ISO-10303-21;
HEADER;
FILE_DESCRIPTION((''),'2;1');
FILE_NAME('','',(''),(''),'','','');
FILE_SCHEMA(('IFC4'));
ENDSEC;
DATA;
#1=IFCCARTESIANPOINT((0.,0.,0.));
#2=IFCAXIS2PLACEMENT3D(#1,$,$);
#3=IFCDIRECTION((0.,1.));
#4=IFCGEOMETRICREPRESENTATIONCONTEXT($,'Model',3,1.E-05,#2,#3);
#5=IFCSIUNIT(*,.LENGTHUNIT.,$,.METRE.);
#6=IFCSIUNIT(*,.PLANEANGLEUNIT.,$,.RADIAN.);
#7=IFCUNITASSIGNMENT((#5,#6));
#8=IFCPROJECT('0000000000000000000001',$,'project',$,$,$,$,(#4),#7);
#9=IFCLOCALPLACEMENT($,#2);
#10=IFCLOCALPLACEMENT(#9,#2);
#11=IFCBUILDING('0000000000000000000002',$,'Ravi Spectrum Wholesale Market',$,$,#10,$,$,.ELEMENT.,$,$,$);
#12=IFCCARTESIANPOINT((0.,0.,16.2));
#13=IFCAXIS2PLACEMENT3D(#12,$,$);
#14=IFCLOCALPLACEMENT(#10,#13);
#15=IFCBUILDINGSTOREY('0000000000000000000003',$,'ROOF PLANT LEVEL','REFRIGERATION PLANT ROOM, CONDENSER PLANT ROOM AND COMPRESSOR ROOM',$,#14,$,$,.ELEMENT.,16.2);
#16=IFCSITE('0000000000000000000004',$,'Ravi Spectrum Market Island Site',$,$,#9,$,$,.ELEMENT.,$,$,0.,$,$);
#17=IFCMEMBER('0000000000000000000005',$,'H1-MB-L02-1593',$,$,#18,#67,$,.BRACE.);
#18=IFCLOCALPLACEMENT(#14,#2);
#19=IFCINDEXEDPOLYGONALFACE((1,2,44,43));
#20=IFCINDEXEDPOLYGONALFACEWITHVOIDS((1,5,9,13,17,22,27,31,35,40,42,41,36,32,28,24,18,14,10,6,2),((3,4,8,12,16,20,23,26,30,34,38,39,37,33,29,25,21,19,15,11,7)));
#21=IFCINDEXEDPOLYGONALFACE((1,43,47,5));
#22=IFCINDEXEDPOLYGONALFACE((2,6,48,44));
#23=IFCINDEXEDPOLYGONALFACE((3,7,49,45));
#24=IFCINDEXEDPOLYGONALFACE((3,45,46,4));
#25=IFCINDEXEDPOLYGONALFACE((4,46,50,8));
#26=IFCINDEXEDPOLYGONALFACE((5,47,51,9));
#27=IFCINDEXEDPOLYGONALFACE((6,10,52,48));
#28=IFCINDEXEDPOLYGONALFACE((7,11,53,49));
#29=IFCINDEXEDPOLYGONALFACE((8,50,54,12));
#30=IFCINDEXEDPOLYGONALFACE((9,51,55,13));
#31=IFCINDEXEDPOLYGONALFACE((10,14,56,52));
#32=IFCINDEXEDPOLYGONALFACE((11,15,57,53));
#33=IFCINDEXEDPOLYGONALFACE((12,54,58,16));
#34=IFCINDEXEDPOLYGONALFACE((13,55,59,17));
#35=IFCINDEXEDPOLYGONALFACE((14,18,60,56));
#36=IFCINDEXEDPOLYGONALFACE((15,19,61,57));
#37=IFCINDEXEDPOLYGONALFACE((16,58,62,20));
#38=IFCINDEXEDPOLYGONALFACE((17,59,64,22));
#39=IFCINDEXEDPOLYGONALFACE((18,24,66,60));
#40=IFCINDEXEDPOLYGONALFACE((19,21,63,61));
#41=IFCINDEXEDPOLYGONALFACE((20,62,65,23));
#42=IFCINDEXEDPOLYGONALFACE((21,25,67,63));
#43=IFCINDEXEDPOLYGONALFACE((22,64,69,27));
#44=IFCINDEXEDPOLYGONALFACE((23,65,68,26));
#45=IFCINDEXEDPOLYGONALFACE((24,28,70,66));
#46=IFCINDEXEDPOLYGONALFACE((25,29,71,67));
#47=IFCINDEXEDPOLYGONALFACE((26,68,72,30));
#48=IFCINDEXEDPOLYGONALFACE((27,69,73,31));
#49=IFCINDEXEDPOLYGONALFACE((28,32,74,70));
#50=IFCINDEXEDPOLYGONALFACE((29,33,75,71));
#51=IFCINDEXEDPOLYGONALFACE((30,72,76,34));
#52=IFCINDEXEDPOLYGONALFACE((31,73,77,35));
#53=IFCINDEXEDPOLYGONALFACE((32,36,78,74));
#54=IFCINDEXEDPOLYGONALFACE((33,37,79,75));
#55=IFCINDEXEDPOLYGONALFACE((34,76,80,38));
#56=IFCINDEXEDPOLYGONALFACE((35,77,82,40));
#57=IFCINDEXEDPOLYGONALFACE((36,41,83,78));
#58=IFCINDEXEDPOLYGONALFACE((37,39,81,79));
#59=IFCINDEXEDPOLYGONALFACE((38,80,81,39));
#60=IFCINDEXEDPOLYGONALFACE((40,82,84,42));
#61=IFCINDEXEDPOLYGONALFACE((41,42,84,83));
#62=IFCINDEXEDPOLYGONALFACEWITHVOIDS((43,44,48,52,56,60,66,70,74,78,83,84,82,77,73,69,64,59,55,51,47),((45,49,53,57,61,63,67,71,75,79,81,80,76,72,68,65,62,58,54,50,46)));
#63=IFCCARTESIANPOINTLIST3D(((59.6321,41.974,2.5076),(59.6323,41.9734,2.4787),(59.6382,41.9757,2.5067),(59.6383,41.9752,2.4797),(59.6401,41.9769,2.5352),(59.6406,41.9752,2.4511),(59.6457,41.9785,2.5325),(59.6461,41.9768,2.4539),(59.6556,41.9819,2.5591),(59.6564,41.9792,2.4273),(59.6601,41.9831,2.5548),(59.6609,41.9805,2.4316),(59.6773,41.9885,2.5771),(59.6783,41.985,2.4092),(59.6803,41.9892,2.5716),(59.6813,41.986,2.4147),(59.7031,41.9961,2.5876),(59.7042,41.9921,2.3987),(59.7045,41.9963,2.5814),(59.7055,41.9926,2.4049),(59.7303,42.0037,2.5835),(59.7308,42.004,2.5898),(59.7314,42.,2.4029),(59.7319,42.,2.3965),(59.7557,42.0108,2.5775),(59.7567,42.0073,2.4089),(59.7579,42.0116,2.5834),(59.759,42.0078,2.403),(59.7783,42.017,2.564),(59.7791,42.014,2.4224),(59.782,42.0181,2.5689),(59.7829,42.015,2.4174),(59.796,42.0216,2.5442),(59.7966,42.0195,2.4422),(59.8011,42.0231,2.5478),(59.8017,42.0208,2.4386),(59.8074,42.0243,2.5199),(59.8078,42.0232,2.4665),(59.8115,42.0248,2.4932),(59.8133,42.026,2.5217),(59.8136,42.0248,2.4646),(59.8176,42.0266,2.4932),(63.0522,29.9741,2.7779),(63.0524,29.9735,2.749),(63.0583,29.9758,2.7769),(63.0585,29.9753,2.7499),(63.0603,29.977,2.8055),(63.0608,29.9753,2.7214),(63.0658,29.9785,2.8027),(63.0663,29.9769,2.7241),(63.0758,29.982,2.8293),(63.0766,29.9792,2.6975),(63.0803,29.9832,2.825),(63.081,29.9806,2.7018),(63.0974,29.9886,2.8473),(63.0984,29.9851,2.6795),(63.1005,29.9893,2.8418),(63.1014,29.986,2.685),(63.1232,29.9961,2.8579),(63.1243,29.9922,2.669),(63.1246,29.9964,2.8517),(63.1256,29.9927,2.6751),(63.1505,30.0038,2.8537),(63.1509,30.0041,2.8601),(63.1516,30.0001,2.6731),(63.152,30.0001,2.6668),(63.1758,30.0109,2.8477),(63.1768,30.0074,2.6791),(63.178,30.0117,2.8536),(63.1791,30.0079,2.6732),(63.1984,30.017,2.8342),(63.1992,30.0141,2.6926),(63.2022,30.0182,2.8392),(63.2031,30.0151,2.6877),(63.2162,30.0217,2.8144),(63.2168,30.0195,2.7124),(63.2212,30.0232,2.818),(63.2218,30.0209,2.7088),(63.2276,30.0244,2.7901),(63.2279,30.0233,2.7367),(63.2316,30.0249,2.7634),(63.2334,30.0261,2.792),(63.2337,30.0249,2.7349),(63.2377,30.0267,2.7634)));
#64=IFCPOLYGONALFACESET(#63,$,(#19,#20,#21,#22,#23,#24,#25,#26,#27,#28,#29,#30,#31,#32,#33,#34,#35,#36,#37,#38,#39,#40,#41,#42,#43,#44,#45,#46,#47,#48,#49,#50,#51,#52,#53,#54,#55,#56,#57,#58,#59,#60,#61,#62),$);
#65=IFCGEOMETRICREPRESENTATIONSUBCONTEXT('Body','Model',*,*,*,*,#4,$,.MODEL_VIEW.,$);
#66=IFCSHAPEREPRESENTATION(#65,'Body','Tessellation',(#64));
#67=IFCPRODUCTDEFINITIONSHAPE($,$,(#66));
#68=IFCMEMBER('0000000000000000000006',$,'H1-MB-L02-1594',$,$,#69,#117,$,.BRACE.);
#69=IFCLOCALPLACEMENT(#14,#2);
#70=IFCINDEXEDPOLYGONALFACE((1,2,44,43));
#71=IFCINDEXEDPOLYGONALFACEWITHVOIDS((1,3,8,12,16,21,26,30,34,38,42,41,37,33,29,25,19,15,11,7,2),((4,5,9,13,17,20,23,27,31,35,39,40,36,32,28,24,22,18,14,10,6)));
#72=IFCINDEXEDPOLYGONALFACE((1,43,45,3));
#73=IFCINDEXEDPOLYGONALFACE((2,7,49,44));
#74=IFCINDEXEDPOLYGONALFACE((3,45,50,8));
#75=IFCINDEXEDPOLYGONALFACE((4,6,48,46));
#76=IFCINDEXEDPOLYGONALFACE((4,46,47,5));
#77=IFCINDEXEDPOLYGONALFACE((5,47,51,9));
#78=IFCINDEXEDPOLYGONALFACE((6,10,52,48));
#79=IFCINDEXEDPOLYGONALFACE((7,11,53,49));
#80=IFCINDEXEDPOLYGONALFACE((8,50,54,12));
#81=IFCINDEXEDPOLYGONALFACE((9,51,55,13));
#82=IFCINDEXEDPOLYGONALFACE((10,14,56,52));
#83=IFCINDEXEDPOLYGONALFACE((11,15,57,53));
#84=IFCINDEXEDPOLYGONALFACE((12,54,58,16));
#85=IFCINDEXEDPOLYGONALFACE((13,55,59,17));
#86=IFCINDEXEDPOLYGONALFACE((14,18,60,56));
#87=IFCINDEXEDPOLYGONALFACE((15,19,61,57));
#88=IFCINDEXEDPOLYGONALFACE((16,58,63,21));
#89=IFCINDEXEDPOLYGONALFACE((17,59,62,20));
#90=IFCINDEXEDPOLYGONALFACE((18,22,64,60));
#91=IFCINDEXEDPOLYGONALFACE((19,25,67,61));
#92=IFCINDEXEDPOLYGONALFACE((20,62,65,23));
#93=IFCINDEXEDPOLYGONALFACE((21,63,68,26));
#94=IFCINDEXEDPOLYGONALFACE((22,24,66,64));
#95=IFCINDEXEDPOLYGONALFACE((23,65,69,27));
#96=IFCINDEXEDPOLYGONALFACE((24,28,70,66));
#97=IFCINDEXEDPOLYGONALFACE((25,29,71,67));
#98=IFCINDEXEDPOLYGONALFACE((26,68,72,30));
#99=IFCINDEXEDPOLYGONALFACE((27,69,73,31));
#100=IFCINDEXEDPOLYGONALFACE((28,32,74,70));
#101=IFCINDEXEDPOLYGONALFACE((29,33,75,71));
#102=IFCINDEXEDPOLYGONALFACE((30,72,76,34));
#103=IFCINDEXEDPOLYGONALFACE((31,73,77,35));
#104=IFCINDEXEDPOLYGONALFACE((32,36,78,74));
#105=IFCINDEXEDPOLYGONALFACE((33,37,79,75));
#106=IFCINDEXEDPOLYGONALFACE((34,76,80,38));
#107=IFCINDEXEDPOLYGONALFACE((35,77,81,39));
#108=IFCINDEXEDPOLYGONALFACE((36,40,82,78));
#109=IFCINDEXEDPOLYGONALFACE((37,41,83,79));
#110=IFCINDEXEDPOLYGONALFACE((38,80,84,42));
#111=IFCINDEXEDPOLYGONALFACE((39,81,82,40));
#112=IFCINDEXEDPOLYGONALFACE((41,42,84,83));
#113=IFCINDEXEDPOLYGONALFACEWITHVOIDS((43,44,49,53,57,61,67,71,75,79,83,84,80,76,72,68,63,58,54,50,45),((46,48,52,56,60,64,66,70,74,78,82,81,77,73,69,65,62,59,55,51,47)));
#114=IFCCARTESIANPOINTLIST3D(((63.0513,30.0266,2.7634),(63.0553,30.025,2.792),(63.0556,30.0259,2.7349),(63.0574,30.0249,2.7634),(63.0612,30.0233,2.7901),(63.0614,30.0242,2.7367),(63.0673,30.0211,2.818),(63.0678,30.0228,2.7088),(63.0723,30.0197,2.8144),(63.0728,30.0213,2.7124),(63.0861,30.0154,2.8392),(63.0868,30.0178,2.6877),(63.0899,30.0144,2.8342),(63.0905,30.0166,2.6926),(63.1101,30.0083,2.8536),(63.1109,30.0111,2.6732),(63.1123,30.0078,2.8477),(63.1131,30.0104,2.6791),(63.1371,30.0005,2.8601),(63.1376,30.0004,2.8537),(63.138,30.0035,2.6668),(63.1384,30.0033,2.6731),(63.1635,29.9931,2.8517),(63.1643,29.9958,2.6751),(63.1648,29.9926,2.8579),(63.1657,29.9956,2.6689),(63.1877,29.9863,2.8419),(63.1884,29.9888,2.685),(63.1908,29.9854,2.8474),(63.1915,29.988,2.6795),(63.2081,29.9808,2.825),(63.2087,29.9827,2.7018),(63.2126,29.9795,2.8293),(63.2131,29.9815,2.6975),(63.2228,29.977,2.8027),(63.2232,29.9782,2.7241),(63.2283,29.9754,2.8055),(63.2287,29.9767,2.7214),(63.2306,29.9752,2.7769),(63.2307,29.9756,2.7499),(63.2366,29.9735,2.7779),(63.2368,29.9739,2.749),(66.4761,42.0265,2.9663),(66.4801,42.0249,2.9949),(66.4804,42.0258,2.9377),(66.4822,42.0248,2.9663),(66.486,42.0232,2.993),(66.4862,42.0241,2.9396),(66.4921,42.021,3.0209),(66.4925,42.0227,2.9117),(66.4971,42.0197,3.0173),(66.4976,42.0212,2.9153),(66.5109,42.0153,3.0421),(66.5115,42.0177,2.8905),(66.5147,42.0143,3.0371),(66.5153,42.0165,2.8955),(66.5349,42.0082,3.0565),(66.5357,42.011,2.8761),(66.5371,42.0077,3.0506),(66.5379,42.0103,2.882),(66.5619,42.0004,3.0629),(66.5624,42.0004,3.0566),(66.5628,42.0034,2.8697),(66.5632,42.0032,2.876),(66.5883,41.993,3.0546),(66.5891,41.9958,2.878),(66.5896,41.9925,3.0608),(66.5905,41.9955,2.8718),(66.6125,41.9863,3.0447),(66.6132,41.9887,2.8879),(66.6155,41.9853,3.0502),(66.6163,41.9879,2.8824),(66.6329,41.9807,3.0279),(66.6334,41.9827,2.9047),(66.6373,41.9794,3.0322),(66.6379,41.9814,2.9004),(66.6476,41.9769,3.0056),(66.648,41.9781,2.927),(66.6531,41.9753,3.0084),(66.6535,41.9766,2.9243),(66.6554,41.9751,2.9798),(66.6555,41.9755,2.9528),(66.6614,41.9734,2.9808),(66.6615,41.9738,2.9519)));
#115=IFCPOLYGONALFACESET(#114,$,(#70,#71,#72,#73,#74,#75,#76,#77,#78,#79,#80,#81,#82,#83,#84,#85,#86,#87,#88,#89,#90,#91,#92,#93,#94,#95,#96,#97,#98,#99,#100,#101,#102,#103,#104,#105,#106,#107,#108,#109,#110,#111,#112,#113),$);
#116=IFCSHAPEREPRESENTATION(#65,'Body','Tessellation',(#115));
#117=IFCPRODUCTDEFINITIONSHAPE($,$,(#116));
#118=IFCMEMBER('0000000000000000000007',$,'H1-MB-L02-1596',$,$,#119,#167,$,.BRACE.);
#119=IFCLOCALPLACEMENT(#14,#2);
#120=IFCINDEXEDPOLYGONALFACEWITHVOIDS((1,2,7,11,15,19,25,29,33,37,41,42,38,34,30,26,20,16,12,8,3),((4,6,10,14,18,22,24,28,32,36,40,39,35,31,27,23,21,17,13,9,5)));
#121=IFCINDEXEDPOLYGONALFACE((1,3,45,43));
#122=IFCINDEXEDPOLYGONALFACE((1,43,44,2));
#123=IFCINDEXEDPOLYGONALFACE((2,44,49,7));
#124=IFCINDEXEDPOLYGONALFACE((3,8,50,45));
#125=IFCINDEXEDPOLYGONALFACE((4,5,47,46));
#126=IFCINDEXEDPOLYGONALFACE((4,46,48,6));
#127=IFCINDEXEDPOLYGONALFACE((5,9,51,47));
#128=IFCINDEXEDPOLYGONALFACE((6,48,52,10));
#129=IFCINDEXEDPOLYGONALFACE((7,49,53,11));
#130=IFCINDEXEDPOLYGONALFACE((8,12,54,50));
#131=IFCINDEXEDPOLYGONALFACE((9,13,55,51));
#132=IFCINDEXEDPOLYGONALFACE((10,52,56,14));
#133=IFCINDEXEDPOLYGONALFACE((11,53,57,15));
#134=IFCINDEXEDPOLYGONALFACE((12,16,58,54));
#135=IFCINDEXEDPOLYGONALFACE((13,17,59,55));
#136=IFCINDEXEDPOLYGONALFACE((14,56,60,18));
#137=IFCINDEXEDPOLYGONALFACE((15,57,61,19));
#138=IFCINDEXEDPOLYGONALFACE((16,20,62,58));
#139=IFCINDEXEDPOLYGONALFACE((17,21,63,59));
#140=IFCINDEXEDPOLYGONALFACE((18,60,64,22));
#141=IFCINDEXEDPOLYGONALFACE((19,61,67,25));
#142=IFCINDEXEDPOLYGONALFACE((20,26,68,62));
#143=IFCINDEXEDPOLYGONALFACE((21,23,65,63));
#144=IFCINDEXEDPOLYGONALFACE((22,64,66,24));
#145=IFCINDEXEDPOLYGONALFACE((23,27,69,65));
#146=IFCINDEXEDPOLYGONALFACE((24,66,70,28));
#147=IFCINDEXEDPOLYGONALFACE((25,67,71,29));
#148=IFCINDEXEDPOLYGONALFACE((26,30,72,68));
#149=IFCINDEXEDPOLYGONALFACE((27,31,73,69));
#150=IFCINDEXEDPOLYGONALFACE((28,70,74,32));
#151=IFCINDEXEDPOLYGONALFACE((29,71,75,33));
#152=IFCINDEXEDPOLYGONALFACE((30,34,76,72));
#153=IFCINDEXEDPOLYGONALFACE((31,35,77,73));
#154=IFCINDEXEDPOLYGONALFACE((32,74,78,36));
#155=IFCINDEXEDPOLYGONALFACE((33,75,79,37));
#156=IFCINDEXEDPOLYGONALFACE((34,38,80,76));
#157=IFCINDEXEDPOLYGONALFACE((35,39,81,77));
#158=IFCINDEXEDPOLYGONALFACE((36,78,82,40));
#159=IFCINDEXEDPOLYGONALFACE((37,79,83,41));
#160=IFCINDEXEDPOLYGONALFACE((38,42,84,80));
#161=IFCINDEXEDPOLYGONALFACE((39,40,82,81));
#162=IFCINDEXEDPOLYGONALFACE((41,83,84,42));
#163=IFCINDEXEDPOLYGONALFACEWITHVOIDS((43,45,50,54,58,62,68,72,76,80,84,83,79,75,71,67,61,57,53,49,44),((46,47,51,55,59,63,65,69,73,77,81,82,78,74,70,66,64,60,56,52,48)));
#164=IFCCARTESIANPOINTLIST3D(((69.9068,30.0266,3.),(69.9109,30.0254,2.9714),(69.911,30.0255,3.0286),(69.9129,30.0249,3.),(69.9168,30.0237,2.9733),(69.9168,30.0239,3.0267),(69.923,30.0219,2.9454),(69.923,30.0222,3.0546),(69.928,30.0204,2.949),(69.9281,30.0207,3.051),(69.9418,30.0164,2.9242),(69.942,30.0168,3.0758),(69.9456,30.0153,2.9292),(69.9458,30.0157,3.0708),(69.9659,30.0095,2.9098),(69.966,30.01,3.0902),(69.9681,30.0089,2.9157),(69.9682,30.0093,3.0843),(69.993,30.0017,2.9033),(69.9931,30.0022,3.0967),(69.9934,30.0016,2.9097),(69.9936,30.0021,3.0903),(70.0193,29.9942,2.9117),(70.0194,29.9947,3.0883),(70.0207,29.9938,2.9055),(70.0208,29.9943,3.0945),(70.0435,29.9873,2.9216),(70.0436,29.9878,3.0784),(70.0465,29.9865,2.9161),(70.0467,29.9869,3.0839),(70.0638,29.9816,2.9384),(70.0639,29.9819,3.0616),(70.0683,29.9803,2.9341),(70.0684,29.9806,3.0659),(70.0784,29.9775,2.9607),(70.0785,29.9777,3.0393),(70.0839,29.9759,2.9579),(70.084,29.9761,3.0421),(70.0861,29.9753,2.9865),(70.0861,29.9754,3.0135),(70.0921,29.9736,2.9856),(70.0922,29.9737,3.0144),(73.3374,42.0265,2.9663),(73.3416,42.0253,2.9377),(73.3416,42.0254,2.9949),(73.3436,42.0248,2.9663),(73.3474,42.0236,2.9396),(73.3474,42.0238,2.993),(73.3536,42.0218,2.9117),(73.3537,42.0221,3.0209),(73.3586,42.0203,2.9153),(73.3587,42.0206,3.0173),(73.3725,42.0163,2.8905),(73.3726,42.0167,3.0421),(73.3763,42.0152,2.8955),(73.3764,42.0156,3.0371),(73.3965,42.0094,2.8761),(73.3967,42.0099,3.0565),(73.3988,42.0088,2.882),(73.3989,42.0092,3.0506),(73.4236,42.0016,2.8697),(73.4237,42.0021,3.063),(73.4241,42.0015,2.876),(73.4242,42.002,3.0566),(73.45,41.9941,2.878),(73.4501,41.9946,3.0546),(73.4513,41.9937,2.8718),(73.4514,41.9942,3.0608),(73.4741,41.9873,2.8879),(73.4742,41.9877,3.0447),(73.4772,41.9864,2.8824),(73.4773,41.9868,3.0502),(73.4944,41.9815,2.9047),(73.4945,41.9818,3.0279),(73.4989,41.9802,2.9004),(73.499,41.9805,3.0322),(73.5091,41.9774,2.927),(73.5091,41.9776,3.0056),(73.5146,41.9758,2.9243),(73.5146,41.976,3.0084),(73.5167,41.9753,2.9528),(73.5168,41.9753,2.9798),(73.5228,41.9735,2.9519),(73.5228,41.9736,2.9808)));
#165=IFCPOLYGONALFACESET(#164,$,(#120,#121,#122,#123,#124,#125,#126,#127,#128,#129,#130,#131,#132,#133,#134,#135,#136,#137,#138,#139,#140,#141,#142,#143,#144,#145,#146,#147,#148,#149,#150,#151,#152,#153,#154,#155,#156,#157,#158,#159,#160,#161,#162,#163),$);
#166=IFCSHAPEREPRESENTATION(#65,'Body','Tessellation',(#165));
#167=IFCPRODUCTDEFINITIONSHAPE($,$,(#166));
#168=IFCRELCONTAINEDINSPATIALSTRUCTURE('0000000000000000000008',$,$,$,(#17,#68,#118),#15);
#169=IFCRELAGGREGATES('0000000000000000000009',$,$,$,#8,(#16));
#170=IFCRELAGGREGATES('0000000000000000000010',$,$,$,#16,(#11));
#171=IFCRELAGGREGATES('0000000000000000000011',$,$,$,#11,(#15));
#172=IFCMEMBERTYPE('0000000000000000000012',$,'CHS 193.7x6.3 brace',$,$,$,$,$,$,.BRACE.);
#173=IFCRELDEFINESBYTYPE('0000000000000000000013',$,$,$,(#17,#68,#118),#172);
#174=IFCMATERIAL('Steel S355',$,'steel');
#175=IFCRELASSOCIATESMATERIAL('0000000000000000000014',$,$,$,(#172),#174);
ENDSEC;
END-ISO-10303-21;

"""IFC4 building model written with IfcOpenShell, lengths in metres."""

from ifc_helpers import new_model, si_unit, direction, frame, origin, origin_2d, place, context, subcontext, project, spatial, hollow_circle, extrude, material, material_profile, profile_set, type_object, element, save


model = new_model("IFC4")

# Units and contexts
model_context = context("Model", 3, precision=1e-05, world=origin(), true_north=direction((0.0, 1.0)))
body_context = subcontext(model_context, "Body", "Model", "MODEL_VIEW")
ifc_project = project(units=[si_unit("LENGTHUNIT", "METRE"), si_unit("PLANEANGLEUNIT", "RADIAN")], contexts=[model_context])

# Site, building, storey
site_placement = place(None, origin())
site = spatial("IfcSite", under=ifc_project, at=site_placement, Name="Ravi Spectrum Market Island Site", CompositionType="ELEMENT", RefElevation=0.0)
building_placement = place(site_placement, origin())
building = spatial("IfcBuilding", under=site, at=building_placement, Name="Ravi Spectrum Wholesale Market", CompositionType="ELEMENT")
storey_placement = place(building_placement, frame((0.0, 0.0, 16.2)))
storey = spatial("IfcBuildingStorey", under=building, at=storey_placement, Name="ROOF PLANT LEVEL", Description="REFRIGERATION PLANT ROOM, CONDENSER PLANT ROOM AND COMPRESSOR ROOM", CompositionType="ELEMENT", Elevation=16.2)

# Members
ifc_material_1 = material(Name="Steel S355", Category="steel")
ifc_material_profile_1 = material_profile(ifc_material_1, hollow_circle(Radius=0.0969, WallThickness=0.0063, at=origin_2d()))
ifc_profile_set_1 = profile_set([ifc_material_profile_1], Name="Steel S355")
member_type_1 = type_object("IfcMemberType", Name="CHS 193.7x6.3 brace", PredefinedType="BRACE", material=ifc_profile_set_1)
for number, where, z_axis, x_axis, name in (
    (1, (59.7244, 42.0, 2.4932), (0.274034, -0.961476, 0.021654), (0.961702, 0.274098, 0.0), "H1-MB-L02-1593"),
    (2, (63.1445, 30.0, 2.7634), (0.274406, 0.961477, 0.016255), (-0.961604, 0.274442, 0.0), "H1-MB-L02-1594"),
    (3, (70.0, 30.0, 3.0), (0.274875, 0.961476, -0.002699), (-0.96148, 0.274876, 0.0), "H1-MB-L02-1596"),
):
    element("IfcMember", number, at=place(storey_placement, frame(where, z_axis=z_axis, x_axis=x_axis)), inside=storey, type_object=member_type_1, Name=name, PredefinedType="BRACE", context=body_context, shape_type="SweptSolid", body=[
        extrude(hollow_circle(Radius=0.0969, WallThickness=0.0063, at=origin_2d()), origin(), (0.0, 0.0, 1.0), 12.4807),
    ])

save(model, "model.ifc")
